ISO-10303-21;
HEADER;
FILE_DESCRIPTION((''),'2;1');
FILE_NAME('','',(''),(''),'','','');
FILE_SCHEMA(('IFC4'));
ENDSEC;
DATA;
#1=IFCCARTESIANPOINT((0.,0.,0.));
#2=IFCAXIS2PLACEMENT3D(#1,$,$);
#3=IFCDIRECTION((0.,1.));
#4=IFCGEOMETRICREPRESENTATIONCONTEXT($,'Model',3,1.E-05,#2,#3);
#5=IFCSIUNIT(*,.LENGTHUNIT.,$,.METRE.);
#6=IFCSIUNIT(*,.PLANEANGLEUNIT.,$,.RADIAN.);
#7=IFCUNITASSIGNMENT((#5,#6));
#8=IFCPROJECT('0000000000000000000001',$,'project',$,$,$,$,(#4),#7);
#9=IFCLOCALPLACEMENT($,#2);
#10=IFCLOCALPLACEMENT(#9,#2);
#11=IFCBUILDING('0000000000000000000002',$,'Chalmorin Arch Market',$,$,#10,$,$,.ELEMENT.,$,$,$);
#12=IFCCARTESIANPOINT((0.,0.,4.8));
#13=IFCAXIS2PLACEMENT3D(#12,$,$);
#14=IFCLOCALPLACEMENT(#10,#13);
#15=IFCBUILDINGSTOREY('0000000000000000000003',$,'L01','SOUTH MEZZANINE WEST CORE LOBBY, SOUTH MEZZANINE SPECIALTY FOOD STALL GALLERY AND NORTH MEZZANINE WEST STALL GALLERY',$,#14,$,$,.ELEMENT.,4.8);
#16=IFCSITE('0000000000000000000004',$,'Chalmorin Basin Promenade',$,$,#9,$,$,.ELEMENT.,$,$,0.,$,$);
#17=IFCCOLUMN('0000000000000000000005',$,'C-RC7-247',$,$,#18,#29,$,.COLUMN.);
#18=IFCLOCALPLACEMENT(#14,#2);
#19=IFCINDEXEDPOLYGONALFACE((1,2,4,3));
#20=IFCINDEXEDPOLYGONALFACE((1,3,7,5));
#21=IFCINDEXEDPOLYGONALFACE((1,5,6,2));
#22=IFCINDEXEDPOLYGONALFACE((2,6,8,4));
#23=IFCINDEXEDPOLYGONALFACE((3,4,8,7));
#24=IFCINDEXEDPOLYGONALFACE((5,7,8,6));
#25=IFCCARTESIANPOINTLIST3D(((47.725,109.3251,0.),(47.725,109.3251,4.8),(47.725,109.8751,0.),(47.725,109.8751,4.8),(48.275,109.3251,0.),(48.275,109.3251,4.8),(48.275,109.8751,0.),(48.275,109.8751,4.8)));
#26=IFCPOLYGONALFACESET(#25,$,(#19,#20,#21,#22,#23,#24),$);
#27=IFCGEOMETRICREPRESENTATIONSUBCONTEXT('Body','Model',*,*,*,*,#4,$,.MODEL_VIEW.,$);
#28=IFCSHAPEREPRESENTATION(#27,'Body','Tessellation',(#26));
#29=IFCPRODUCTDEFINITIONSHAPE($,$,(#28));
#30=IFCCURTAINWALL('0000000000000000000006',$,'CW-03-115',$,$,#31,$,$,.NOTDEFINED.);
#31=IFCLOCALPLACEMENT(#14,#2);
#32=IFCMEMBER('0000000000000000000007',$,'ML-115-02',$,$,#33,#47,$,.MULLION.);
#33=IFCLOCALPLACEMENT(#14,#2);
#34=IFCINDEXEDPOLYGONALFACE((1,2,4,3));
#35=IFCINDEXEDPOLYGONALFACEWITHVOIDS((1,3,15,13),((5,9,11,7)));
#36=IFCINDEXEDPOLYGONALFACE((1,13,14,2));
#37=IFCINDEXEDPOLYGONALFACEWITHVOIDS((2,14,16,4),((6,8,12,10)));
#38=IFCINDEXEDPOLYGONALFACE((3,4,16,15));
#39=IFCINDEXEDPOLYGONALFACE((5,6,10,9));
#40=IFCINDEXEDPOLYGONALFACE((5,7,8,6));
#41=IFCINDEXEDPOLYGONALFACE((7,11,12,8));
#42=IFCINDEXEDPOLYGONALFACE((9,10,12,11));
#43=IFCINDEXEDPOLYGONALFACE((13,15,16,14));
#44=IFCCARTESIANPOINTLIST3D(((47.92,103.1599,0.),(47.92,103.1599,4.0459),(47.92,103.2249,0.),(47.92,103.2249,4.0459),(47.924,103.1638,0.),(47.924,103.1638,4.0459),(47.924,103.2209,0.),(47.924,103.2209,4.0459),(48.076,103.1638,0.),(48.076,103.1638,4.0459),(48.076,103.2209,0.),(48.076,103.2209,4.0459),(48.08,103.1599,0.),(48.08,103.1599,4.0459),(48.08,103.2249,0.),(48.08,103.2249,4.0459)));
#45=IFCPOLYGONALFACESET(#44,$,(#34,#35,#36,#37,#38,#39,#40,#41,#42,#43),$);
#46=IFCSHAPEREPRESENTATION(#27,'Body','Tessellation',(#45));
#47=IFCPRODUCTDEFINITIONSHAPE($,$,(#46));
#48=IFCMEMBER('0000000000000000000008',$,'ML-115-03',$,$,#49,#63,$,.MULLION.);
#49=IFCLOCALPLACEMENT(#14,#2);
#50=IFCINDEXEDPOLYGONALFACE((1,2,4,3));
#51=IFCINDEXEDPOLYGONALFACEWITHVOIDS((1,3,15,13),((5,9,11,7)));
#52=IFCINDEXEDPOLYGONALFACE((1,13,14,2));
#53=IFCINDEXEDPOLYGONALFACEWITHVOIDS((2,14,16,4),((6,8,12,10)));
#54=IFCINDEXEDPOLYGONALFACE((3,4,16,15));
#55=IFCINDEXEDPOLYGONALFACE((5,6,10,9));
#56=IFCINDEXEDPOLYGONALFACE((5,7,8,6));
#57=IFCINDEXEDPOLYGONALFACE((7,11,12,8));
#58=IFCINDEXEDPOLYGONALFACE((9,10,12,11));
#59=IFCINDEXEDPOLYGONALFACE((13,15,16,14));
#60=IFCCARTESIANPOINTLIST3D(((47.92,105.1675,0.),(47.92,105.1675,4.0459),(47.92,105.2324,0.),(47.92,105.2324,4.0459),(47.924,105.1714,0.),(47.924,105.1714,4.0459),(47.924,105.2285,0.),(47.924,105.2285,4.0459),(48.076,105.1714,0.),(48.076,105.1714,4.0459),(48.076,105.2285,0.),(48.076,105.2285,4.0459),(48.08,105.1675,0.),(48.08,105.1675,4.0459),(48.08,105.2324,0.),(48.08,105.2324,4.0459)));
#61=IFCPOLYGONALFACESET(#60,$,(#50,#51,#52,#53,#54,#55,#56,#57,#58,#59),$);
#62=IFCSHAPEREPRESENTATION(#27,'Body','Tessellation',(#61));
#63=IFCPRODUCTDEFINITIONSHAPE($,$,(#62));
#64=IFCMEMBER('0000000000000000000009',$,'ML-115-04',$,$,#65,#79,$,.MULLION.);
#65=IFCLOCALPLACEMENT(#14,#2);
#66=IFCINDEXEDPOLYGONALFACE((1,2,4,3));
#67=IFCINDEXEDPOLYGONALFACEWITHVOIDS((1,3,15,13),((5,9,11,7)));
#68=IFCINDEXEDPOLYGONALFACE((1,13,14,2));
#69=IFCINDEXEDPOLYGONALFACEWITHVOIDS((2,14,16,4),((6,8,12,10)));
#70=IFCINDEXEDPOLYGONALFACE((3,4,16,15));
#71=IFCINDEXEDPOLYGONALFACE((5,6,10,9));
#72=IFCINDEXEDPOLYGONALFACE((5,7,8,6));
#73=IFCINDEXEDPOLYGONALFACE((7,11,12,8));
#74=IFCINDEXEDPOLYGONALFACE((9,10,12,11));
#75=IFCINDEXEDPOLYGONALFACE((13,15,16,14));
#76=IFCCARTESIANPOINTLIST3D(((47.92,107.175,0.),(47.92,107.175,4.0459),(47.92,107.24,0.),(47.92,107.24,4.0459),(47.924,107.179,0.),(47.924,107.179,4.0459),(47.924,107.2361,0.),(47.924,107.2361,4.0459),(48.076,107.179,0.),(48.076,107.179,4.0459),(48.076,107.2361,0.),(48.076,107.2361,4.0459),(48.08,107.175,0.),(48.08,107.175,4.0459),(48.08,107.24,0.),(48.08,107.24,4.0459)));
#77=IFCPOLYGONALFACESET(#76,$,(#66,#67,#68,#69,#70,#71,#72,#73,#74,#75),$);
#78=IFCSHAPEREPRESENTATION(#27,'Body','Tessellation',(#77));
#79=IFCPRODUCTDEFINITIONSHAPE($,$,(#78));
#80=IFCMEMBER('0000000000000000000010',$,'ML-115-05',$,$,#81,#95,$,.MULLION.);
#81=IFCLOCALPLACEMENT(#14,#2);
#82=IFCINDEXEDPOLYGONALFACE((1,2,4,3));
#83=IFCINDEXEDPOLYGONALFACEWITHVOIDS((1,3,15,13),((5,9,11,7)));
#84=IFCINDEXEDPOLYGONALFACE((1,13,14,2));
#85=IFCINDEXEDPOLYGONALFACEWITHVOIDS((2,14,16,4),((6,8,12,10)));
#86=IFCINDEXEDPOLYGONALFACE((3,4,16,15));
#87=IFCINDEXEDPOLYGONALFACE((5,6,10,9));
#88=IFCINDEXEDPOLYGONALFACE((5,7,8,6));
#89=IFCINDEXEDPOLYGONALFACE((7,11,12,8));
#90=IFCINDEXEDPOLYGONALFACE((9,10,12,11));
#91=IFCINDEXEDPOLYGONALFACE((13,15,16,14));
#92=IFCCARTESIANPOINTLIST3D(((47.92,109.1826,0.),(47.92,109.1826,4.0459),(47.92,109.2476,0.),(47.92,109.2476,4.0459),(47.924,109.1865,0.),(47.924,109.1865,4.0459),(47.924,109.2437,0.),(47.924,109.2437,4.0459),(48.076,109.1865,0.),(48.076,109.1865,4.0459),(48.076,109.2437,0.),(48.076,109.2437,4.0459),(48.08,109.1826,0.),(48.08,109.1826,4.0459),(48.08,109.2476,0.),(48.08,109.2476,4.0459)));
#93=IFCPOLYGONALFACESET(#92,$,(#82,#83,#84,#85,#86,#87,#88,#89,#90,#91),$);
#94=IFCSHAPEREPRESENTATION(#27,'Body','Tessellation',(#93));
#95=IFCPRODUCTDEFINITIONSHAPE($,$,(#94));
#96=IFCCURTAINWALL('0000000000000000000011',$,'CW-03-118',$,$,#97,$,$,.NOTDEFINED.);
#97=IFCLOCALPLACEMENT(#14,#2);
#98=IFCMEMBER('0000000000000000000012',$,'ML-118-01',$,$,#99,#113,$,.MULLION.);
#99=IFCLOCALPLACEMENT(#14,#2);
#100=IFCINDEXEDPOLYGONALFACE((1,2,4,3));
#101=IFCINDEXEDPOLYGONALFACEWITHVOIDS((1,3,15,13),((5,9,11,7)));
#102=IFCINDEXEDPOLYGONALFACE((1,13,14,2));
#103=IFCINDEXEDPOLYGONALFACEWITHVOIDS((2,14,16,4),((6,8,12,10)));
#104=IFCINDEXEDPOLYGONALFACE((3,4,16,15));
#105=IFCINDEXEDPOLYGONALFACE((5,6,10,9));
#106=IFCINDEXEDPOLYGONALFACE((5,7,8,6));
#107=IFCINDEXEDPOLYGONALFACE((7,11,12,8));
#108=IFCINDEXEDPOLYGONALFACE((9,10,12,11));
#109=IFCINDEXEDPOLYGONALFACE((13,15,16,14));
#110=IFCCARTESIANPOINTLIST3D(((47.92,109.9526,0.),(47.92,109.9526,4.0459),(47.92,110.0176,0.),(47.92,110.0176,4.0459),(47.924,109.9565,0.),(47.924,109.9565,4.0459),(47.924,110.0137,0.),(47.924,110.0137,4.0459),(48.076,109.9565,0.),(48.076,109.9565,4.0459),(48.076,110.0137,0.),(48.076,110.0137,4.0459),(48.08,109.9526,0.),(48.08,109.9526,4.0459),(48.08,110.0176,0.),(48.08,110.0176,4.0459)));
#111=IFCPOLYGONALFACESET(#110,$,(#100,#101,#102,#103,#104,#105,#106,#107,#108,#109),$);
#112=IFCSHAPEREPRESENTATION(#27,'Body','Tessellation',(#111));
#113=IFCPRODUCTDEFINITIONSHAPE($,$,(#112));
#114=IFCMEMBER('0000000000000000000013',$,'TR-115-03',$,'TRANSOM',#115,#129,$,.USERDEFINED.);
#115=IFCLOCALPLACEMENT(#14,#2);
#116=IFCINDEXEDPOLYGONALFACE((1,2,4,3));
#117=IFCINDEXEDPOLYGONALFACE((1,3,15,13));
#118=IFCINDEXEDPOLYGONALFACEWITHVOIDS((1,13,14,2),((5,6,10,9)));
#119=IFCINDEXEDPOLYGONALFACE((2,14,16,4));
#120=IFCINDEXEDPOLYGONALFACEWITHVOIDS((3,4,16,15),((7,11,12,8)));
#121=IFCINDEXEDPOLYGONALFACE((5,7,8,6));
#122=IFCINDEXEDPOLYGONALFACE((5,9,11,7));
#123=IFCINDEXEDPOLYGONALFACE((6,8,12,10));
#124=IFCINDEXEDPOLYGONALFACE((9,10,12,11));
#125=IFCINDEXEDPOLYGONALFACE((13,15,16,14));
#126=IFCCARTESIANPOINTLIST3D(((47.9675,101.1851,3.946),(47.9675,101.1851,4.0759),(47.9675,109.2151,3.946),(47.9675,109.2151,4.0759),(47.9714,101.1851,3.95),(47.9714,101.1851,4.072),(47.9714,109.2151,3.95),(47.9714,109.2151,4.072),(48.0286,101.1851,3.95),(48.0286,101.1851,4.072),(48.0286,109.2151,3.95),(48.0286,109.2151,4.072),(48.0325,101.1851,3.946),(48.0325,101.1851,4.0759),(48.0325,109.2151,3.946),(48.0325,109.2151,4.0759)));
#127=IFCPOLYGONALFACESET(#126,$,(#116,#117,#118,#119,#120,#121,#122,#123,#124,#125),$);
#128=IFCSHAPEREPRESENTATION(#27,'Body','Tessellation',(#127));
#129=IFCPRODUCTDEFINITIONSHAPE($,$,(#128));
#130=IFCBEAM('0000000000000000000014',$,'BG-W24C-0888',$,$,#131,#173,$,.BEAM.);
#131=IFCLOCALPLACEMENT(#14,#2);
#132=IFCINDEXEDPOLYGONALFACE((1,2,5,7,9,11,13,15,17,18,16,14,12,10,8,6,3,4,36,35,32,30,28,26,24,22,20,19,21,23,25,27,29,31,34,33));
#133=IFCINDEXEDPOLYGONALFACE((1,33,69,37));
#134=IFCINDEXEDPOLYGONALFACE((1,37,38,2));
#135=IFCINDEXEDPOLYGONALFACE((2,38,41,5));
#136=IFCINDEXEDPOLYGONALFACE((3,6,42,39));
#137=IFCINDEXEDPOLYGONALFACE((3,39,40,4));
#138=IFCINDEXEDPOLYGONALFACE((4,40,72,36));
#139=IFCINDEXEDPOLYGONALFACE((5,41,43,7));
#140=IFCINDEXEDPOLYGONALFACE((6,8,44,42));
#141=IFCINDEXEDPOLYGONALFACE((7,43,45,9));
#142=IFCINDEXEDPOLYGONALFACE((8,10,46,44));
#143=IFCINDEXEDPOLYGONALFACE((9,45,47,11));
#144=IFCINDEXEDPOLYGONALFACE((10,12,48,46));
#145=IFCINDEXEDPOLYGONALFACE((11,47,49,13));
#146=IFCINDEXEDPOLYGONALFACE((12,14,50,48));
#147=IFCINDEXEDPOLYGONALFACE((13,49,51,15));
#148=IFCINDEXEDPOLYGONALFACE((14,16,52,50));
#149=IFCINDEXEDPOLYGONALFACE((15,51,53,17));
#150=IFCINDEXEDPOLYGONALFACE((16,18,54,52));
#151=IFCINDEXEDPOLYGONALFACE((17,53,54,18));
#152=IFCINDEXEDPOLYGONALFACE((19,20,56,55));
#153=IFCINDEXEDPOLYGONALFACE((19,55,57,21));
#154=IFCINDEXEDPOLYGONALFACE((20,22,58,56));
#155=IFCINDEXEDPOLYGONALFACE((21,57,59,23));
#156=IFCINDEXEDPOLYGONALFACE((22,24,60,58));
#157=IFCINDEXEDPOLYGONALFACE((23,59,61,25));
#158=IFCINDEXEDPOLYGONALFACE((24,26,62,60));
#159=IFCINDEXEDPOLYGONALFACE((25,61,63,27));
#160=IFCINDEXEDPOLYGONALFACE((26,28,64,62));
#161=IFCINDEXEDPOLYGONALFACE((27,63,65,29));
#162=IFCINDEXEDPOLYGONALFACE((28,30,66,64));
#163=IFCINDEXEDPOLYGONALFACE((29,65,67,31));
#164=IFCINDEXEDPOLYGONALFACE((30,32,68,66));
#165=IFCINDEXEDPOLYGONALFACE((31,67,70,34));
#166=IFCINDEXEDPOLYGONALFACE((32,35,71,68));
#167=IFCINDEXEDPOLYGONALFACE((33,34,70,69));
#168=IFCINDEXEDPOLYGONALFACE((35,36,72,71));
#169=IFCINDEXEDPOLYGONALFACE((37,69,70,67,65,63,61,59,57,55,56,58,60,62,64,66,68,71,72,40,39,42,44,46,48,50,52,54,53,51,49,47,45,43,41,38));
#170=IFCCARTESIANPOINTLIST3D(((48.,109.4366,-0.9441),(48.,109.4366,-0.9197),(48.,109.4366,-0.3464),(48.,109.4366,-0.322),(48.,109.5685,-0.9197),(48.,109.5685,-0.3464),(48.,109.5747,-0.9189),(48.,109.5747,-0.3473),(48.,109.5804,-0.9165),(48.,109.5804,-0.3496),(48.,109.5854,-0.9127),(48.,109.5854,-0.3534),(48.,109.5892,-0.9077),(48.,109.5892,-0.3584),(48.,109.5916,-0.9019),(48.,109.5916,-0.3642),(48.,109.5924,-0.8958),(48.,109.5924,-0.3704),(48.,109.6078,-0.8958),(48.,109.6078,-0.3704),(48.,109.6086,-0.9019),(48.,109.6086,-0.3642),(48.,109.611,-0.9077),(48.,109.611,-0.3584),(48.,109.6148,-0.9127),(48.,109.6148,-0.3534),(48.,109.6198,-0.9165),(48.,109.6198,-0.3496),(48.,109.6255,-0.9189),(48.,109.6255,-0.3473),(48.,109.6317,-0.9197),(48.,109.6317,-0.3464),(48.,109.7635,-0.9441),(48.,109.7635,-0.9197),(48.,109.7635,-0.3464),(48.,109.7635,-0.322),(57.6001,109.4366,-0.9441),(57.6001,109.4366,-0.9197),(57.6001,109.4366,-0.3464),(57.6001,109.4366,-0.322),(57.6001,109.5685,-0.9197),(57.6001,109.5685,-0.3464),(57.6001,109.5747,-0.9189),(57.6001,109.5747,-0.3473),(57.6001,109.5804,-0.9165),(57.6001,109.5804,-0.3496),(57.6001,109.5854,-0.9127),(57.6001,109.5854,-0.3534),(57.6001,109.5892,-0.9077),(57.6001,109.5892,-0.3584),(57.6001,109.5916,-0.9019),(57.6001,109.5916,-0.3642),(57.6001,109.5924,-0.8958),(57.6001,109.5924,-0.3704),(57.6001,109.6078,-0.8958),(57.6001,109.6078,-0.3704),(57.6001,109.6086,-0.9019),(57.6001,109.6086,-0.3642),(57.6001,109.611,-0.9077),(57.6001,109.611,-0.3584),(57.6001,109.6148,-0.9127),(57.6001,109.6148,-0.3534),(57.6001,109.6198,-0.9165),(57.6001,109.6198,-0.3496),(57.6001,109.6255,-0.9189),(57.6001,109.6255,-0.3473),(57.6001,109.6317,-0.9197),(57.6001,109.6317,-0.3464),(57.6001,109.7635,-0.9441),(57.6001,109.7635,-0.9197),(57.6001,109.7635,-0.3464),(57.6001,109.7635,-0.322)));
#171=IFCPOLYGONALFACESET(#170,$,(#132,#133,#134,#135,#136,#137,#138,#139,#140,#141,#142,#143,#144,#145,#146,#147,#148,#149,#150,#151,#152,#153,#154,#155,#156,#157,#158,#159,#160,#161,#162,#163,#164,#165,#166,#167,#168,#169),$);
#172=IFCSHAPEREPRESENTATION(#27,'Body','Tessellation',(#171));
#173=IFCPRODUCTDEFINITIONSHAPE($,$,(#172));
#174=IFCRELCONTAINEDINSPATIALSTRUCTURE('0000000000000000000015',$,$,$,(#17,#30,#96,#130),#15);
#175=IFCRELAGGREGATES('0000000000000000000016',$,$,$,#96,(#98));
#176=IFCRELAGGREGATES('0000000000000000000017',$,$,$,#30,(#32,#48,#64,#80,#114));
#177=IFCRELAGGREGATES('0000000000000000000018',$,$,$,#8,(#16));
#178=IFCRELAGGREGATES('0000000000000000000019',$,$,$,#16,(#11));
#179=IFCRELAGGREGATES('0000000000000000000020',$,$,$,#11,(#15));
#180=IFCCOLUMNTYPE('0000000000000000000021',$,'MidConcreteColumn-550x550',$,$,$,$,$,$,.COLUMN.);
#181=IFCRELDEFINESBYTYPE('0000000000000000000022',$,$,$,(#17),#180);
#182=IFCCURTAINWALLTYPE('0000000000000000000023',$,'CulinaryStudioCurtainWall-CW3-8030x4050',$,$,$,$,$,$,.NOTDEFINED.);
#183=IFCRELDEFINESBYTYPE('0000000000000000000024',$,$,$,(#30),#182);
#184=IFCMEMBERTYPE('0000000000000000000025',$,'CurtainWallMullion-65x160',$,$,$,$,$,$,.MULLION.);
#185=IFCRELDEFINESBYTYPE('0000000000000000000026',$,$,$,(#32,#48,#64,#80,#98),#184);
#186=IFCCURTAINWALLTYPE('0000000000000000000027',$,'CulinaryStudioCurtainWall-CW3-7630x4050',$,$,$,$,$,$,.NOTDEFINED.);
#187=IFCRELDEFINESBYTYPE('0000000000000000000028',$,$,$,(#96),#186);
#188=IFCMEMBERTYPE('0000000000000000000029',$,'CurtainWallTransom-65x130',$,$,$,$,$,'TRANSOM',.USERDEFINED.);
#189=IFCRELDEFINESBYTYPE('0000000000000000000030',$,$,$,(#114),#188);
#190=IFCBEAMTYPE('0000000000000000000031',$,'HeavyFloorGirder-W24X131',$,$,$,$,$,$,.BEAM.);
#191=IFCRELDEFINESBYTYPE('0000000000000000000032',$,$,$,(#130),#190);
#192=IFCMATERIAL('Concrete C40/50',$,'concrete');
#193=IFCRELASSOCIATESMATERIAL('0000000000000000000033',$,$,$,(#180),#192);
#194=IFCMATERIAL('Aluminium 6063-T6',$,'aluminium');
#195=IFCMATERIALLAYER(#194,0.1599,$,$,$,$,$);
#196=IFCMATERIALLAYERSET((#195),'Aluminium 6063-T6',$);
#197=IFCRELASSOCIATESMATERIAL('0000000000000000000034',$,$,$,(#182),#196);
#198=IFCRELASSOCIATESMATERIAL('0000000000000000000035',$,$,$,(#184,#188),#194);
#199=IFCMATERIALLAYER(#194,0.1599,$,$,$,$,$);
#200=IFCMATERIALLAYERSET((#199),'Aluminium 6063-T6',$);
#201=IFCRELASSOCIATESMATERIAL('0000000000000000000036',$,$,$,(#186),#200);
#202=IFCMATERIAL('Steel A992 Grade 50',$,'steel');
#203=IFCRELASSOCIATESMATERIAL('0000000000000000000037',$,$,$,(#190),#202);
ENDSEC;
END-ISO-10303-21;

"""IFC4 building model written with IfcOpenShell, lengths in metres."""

from ifc_helpers import new_model, si_unit, direction, frame, origin, origin_2d, place, context, subcontext, project, spatial, rectangle, hollow_rectangle, i_section, extrude, material, layer, layer_set, material_profile, profile_set, type_object, element, aggregate, save


model = new_model("IFC4")

# Units and contexts
model_context = context("Model", 3, precision=1e-05, world=origin(), true_north=direction((0.0, 1.0)))
body_context = subcontext(model_context, "Body", "Model", "MODEL_VIEW")
ifc_project = project(units=[si_unit("LENGTHUNIT", "METRE"), si_unit("PLANEANGLEUNIT", "RADIAN")], contexts=[model_context])

# Site, building, storey
site_placement = place(None, origin())
site = spatial("IfcSite", under=ifc_project, at=site_placement, Name="Chalmorin Basin Promenade", CompositionType="ELEMENT", RefElevation=0.0)
building_placement = place(site_placement, origin())
building = spatial("IfcBuilding", under=site, at=building_placement, Name="Chalmorin Arch Market", CompositionType="ELEMENT")
storey_placement = place(building_placement, frame((0.0, 0.0, 4.8)))
storey = spatial("IfcBuildingStorey", under=building, at=storey_placement, Name="L01", Description="SOUTH MEZZANINE WEST CORE LOBBY, SOUTH MEZZANINE SPECIALTY FOOD STALL GALLERY AND NORTH MEZZANINE WEST STALL GALLERY", CompositionType="ELEMENT", Elevation=4.8)

# Column
ifc_material_1 = material(Name="Concrete C40/50", Category="concrete")
ifc_material_profile_1 = material_profile(ifc_material_1, rectangle(XDim=0.55, YDim=0.55, at=origin_2d()), Name="RC550X550")
ifc_profile_set_1 = profile_set([ifc_material_profile_1], Name="Concrete C40/50")
column_type = type_object("IfcColumnType", Name="MidConcreteColumn-550x550", PredefinedType="COLUMN", material=ifc_profile_set_1)
column_placement = place(storey_placement, frame((48.0, 109.6001, 0.0), z_axis=(0.0, 0.0, 1.0), x_axis=(1.0, 0.0, 0.0)))
element("IfcColumn", 1, at=column_placement, inside=storey, type_object=column_type, Name="C-RC7-247", PredefinedType="COLUMN", context=body_context, shape_type="SweptSolid", body=[
    extrude(rectangle(XDim=0.55, YDim=0.55, at=origin_2d()), origin(), (0.0, 0.0, 1.0), 4.8),
])

# Curtain wall, members
ifc_material_2 = material(Name="Aluminium 6063-T6", Category="aluminium")
ifc_layer_1 = layer(ifc_material_2, 0.1599)
ifc_layer_set_1 = layer_set([ifc_layer_1], Name="Aluminium 6063-T6")
curtain_wall_type_1 = type_object("IfcCurtainWallType", Name="CulinaryStudioCurtainWall-CW3-8030x4050", PredefinedType="NOTDEFINED", material=ifc_layer_set_1)
curtain_wall_1_placement = place(storey_placement, origin())
curtain_wall_1 = element("IfcCurtainWall", 2, at=curtain_wall_1_placement, inside=storey, type_object=curtain_wall_type_1, Name="CW-03-115", PredefinedType="NOTDEFINED")
ifc_material_profile_2 = material_profile(ifc_material_2, hollow_rectangle(XDim=0.0649, YDim=0.1599, WallThickness=0.0039, at=origin_2d()), Name="ALU65X160X4")
ifc_profile_set_2 = profile_set([ifc_material_profile_2], Name="Aluminium 6063-T6")
member_type_1 = type_object("IfcMemberType", Name="CurtainWallMullion-65x160", PredefinedType="MULLION", material=ifc_profile_set_2)
member_1_placement = place(storey_placement, frame((48.0, 103.1924, 0.0), z_axis=(0.0, 0.0, 1.0), x_axis=(0.0, 1.0, 0.0)))
member_1 = element("IfcMember", 3, at=member_1_placement, type_object=member_type_1, Name="ML-115-02", PredefinedType="MULLION", context=body_context, shape_type="SweptSolid", body=[
    extrude(hollow_rectangle(XDim=0.0649, YDim=0.1599, WallThickness=0.0039, at=origin_2d()), origin(), (0.0, 0.0, 1.0), 4.0459),
])
member_2_placement = place(storey_placement, frame((48.0, 105.2, 0.0), z_axis=(0.0, 0.0, 1.0), x_axis=(0.0, 1.0, 0.0)))
member_2 = element("IfcMember", 4, at=member_2_placement, type_object=member_type_1, Name="ML-115-03", PredefinedType="MULLION", context=body_context, shape_type="SweptSolid", body=[
    extrude(hollow_rectangle(XDim=0.0649, YDim=0.1599, WallThickness=0.0039, at=origin_2d()), origin(), (0.0, 0.0, 1.0), 4.0459),
])
member_3_placement = place(storey_placement, frame((48.0, 107.2075, 0.0), z_axis=(0.0, 0.0, 1.0), x_axis=(0.0, 1.0, 0.0)))
member_3 = element("IfcMember", 5, at=member_3_placement, type_object=member_type_1, Name="ML-115-04", PredefinedType="MULLION", context=body_context, shape_type="SweptSolid", body=[
    extrude(hollow_rectangle(XDim=0.0649, YDim=0.1599, WallThickness=0.0039, at=origin_2d()), origin(), (0.0, 0.0, 1.0), 4.0459),
])
member_4_placement = place(storey_placement, frame((48.0, 109.2151, 0.0), z_axis=(0.0, 0.0, 1.0), x_axis=(0.0, 1.0, 0.0)))
member_4 = element("IfcMember", 6, at=member_4_placement, type_object=member_type_1, Name="ML-115-05", PredefinedType="MULLION", context=body_context, shape_type="SweptSolid", body=[
    extrude(hollow_rectangle(XDim=0.0649, YDim=0.1599, WallThickness=0.0039, at=origin_2d()), origin(), (0.0, 0.0, 1.0), 4.0459),
])

# Curtain wall, member
ifc_layer_2 = layer(ifc_material_2, 0.1599)
ifc_layer_set_2 = layer_set([ifc_layer_2], Name="Aluminium 6063-T6")
curtain_wall_type_2 = type_object("IfcCurtainWallType", Name="CulinaryStudioCurtainWall-CW3-7630x4050", PredefinedType="NOTDEFINED", material=ifc_layer_set_2)
curtain_wall_2_placement = place(storey_placement, origin())
curtain_wall_2 = element("IfcCurtainWall", 7, at=curtain_wall_2_placement, inside=storey, type_object=curtain_wall_type_2, Name="CW-03-118", PredefinedType="NOTDEFINED")
member_5_placement = place(storey_placement, frame((48.0, 109.9851, 0.0), z_axis=(0.0, 0.0, 1.0), x_axis=(0.0, 1.0, 0.0)))
member_5 = element("IfcMember", 8, at=member_5_placement, type_object=member_type_1, Name="ML-118-01", PredefinedType="MULLION", context=body_context, shape_type="SweptSolid", body=[
    extrude(hollow_rectangle(XDim=0.0649, YDim=0.1599, WallThickness=0.0039, at=origin_2d()), origin(), (0.0, 0.0, 1.0), 4.0459),
])
aggregate(curtain_wall_2, [member_5])

# Member
ifc_material_profile_3 = material_profile(ifc_material_2, hollow_rectangle(XDim=0.0649, YDim=0.1299, WallThickness=0.0039, at=origin_2d()), Name="ALU65X130X4")
ifc_profile_set_3 = profile_set([ifc_material_profile_3], Name="Aluminium 6063-T6")
member_type_2 = type_object("IfcMemberType", Name="CurtainWallTransom-65x130", ElementType="TRANSOM", PredefinedType="USERDEFINED", material=ifc_profile_set_3)
member_6_placement = place(storey_placement, frame((48.0, 101.1851, 4.011), z_axis=(0.0, 1.0, 0.0), x_axis=(-1.0, 0.0, 0.0)))
member_6 = element("IfcMember", 9, at=member_6_placement, type_object=member_type_2, Name="TR-115-03", ObjectType="TRANSOM", PredefinedType="USERDEFINED", context=body_context, shape_type="SweptSolid", body=[
    extrude(hollow_rectangle(XDim=0.0649, YDim=0.1299, WallThickness=0.0039, at=origin_2d()), origin(), (0.0, 0.0, 1.0), 8.03),
])

# Beam
ifc_material_3 = material(Name="Steel A992 Grade 50", Category="steel")
ifc_material_profile_4 = material_profile(ifc_material_3, i_section(OverallWidth=0.3269, OverallDepth=0.6221, WebThickness=0.0154, FlangeThickness=0.0244, FilletRadius=0.0239, at=origin_2d()), Name="W24X131")
ifc_profile_set_4 = profile_set([ifc_material_profile_4], Name="Steel A992 Grade 50")
beam_type_1 = type_object("IfcBeamType", Name="HeavyFloorGirder-W24X131", PredefinedType="BEAM", material=ifc_profile_set_4)
beam_1_placement = place(storey_placement, frame((48.0, 109.6001, -0.6331), z_axis=(1.0, 0.0, 0.0), x_axis=(0.0, 1.0, 0.0)))
element("IfcBeam", 10, at=beam_1_placement, inside=storey, type_object=beam_type_1, Name="BG-W24C-0888", PredefinedType="BEAM", context=body_context, shape_type="SweptSolid", body=[
    extrude(i_section(OverallWidth=0.3269, OverallDepth=0.6221, WebThickness=0.0154, FlangeThickness=0.0244, FilletRadius=0.0239, at=origin_2d()), origin(), (0.0, 0.0, 1.0), 9.6001),
])

aggregate(curtain_wall_1, [member_1, member_2, member_3, member_4, member_6])

save(model, "model.ifc")
